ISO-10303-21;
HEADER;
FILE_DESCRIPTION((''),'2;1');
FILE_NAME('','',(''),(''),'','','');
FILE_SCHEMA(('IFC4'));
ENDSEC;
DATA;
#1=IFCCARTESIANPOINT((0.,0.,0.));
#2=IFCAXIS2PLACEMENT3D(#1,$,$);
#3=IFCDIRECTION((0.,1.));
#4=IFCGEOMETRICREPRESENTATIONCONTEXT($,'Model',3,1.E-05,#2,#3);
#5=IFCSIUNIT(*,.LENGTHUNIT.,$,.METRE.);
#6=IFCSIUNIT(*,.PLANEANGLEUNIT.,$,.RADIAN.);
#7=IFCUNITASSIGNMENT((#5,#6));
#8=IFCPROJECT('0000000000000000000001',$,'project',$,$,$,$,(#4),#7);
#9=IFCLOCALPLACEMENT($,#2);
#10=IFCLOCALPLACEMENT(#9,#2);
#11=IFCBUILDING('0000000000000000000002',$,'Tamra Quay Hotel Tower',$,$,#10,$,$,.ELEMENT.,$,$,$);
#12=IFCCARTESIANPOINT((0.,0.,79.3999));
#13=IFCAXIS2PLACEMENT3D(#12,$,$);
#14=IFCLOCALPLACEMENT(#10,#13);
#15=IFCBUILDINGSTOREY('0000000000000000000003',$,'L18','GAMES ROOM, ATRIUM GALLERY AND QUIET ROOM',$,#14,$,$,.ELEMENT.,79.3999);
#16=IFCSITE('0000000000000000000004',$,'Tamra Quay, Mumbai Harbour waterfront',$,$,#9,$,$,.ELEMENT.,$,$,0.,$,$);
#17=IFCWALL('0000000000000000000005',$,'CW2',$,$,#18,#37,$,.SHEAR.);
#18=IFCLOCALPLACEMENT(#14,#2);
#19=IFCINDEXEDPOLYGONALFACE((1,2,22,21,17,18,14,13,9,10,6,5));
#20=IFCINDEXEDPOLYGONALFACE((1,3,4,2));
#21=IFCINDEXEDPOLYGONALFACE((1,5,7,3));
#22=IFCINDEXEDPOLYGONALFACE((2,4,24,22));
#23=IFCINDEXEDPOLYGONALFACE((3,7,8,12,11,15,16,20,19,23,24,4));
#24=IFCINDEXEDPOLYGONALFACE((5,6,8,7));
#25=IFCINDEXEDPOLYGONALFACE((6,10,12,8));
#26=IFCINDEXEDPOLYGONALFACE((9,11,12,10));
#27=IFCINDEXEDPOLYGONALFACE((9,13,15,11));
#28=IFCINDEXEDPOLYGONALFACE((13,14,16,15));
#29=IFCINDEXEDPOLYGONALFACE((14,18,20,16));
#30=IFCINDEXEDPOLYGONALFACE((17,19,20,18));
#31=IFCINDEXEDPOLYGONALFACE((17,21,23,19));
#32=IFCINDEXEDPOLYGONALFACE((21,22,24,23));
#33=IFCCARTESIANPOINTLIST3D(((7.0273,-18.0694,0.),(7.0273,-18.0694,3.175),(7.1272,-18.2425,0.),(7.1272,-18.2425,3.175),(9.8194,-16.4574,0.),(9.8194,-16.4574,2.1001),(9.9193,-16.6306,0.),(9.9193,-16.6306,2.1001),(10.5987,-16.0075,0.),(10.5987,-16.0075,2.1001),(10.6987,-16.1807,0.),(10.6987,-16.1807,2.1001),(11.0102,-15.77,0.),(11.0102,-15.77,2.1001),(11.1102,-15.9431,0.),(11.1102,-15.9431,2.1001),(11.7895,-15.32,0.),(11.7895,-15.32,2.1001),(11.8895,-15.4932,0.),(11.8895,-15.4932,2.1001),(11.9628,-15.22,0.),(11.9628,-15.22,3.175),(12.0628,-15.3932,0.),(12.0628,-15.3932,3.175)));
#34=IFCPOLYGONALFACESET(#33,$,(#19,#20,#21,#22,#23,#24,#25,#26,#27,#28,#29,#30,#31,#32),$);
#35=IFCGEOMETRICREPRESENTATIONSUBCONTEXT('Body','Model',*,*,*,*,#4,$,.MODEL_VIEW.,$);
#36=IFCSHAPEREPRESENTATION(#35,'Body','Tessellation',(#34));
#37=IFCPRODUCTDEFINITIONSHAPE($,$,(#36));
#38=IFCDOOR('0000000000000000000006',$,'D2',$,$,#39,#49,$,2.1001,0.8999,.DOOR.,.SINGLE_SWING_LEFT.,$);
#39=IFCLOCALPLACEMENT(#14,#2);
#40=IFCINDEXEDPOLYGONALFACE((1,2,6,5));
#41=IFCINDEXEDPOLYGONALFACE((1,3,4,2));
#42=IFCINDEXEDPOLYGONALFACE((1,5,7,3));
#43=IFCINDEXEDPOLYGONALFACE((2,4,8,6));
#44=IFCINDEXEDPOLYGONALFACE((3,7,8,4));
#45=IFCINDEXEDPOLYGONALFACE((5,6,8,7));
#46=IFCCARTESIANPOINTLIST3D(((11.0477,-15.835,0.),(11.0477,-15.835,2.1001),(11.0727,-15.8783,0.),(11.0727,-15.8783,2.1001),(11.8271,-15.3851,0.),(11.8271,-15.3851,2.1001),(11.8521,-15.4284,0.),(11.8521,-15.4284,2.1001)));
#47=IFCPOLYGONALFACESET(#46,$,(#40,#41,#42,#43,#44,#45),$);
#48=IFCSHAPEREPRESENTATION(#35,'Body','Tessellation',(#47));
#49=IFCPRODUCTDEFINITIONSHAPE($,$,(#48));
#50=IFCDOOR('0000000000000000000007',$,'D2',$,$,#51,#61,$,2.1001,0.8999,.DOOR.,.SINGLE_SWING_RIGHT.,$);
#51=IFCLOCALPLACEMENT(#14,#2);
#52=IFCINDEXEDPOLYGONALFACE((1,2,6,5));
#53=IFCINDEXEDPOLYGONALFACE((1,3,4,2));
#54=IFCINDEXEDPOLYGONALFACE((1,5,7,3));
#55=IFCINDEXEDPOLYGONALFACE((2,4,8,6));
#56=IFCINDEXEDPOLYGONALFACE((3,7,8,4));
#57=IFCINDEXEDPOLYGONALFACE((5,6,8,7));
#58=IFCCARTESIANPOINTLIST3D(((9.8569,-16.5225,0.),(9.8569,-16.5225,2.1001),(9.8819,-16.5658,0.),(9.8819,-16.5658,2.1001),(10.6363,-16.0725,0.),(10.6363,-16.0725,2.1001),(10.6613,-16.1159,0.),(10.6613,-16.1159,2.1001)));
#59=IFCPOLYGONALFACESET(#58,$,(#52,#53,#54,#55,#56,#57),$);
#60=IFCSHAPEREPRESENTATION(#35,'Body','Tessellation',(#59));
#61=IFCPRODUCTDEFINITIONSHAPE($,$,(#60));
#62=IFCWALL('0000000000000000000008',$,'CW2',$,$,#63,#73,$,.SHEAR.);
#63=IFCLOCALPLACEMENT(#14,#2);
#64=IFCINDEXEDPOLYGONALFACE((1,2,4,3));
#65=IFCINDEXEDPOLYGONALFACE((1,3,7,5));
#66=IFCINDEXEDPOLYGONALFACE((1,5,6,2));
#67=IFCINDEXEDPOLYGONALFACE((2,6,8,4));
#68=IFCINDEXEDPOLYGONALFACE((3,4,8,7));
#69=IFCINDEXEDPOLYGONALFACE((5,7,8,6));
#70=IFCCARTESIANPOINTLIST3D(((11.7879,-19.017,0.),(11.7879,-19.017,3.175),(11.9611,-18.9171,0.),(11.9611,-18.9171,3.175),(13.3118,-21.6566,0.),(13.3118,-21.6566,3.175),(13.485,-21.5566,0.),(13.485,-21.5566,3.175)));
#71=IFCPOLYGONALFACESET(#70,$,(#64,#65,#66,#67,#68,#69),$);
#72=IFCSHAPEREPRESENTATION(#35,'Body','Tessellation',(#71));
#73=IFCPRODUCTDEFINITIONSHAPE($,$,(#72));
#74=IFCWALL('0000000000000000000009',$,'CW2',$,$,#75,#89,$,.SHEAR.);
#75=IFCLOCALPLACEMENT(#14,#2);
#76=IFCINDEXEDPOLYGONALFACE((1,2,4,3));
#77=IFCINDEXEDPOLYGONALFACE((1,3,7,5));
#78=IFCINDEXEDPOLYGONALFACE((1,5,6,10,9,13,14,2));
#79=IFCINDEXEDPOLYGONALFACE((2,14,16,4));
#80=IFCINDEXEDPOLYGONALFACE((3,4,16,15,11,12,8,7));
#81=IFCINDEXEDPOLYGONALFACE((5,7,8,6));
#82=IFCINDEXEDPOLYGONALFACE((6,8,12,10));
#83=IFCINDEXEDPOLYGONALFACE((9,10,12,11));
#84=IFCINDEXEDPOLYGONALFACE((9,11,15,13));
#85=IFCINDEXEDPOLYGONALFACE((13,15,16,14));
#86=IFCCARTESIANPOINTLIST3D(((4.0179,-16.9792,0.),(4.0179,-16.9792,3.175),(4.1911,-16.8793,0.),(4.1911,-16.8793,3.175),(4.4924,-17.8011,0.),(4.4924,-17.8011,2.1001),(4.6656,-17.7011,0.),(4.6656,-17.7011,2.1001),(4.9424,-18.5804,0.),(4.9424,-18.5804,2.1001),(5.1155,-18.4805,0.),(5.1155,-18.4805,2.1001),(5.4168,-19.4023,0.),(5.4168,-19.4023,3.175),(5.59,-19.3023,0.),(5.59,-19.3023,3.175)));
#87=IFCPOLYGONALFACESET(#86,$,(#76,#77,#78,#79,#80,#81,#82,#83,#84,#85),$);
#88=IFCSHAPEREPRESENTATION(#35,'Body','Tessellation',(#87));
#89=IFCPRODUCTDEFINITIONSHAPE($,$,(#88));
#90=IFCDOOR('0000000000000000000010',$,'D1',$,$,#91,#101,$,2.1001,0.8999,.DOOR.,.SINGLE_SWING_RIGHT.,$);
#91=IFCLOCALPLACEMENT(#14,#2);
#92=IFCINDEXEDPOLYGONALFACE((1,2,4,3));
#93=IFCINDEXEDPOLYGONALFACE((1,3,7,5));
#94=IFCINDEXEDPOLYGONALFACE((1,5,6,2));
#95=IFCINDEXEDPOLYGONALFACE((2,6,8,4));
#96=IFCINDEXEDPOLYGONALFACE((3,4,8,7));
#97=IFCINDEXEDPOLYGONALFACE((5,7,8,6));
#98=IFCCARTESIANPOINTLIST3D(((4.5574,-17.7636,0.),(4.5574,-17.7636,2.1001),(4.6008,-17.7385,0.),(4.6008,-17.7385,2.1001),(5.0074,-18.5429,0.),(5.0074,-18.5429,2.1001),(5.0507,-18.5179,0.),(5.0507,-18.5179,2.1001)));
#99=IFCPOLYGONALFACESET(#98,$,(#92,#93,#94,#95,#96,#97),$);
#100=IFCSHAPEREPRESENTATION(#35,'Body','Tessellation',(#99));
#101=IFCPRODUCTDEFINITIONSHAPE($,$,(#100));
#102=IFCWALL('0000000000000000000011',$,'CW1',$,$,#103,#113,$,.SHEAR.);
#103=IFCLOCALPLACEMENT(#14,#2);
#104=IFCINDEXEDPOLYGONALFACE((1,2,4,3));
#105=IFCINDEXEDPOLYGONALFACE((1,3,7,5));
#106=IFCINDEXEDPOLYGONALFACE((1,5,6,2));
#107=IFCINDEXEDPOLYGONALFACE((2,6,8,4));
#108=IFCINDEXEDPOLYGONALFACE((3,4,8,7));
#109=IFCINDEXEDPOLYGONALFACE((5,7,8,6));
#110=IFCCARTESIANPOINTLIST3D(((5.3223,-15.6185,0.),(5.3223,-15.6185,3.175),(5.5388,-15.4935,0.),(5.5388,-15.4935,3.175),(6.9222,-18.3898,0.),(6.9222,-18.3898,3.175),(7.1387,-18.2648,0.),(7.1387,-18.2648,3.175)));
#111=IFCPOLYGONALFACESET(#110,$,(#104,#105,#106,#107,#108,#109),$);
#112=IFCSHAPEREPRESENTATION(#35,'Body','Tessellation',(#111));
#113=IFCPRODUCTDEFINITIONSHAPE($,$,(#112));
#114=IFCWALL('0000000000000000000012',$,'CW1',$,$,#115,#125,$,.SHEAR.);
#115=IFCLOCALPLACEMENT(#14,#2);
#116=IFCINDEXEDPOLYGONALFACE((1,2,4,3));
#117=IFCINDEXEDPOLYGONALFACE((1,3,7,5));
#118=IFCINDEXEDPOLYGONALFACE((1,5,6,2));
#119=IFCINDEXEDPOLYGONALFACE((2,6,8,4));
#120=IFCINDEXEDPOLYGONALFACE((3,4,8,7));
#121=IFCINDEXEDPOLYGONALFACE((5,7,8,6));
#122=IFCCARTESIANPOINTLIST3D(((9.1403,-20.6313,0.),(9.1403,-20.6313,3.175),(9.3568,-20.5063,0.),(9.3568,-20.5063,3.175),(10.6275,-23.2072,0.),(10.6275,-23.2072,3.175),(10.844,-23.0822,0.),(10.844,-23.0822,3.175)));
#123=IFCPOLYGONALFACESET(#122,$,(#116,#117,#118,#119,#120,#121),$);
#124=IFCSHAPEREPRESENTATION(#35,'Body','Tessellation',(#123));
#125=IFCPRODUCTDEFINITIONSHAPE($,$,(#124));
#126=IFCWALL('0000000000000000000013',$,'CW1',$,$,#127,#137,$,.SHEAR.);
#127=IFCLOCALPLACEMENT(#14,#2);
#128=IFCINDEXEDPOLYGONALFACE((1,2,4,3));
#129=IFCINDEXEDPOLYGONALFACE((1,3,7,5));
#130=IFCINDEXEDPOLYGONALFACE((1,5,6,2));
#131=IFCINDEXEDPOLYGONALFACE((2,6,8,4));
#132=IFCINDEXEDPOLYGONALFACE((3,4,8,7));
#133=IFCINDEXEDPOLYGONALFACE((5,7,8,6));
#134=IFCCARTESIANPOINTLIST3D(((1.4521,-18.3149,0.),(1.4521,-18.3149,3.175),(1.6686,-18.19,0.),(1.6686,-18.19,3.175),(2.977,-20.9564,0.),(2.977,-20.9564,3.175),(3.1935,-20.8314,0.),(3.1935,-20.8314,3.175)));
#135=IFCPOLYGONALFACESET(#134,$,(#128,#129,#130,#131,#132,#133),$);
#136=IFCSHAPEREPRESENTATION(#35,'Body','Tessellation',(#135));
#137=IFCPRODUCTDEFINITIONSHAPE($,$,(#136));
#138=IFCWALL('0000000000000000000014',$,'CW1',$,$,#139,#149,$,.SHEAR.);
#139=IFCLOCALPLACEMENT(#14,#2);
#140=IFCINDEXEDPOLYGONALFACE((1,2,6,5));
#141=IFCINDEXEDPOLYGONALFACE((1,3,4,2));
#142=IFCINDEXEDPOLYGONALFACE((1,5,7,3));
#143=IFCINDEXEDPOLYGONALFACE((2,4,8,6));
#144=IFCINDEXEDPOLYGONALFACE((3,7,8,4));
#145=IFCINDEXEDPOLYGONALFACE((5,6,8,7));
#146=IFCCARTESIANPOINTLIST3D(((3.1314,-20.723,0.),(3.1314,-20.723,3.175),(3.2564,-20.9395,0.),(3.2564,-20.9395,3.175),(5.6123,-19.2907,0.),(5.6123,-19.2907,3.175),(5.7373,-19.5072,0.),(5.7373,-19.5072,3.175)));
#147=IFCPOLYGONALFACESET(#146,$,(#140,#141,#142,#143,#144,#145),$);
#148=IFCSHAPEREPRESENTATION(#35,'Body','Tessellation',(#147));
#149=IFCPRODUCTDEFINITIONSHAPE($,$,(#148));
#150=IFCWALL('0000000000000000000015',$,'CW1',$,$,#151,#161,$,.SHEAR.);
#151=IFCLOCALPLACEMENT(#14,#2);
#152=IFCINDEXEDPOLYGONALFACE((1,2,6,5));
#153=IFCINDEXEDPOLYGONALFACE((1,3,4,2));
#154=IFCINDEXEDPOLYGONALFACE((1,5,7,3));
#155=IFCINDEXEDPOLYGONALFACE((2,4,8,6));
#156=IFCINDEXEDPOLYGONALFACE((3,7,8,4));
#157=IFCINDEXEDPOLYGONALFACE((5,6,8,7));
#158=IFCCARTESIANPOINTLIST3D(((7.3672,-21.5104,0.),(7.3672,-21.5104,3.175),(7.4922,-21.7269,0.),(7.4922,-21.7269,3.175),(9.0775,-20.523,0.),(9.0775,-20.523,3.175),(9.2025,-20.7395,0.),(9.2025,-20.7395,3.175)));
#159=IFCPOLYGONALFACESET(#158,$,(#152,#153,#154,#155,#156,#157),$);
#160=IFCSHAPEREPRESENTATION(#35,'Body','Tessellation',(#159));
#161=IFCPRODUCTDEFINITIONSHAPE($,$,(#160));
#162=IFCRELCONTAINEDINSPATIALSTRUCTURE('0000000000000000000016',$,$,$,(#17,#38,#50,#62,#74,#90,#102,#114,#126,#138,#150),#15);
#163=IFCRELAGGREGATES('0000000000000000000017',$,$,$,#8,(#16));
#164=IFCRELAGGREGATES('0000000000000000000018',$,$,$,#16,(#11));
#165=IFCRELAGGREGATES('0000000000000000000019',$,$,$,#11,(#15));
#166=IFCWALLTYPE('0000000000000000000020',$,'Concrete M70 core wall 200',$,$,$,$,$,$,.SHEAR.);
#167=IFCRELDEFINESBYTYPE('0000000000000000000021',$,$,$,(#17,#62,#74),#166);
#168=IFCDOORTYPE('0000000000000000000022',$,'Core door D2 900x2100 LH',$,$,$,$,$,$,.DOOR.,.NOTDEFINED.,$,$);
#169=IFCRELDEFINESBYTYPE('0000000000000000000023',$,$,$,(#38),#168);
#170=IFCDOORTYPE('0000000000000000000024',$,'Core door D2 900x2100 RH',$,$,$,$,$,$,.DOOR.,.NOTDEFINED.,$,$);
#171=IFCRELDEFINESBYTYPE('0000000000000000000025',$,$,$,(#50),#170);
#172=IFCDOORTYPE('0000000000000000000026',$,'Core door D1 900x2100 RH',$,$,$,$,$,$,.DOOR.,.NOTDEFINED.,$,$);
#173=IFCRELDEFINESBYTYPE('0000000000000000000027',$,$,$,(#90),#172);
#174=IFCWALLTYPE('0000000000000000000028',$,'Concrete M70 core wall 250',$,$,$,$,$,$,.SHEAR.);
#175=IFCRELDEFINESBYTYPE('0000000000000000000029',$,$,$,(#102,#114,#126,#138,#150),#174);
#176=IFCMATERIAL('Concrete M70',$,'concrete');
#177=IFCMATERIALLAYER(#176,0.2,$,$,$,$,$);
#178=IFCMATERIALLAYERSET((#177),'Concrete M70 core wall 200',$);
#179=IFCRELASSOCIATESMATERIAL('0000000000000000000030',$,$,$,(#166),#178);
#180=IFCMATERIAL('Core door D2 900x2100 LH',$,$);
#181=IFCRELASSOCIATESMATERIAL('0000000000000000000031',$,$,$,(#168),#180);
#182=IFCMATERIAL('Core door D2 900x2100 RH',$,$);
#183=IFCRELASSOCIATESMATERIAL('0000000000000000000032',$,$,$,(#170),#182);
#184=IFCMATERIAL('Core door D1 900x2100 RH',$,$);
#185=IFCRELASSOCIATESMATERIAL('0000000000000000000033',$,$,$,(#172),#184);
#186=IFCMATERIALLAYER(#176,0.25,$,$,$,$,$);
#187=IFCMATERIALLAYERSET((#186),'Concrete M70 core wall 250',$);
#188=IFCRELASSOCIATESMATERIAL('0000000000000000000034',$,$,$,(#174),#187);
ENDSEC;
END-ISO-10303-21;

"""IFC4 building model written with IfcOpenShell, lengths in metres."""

from ifc_helpers import new_model, si_unit, direction, frame, frame_2d, origin, place, context, subcontext, project, spatial, rectangle, extrude, material, layer, layer_set, type_object, element, fill, save


model = new_model("IFC4")

# Units and contexts
model_context = context("Model", 3, precision=1e-05, world=origin(), true_north=direction((0.0, 1.0)))
body_context = subcontext(model_context, "Body", "Model", "MODEL_VIEW")
ifc_project = project(units=[si_unit("LENGTHUNIT", "METRE"), si_unit("PLANEANGLEUNIT", "RADIAN")], contexts=[model_context])

# Site, building, storey
site_placement = place(None, origin())
site = spatial("IfcSite", under=ifc_project, at=site_placement, Name="Tamra Quay, Mumbai Harbour waterfront", CompositionType="ELEMENT", RefElevation=0.0)
building_placement = place(site_placement, origin())
building = spatial("IfcBuilding", under=site, at=building_placement, Name="Tamra Quay Hotel Tower", CompositionType="ELEMENT")
storey_placement = place(building_placement, frame((0.0, 0.0, 79.3999)))
storey = spatial("IfcBuildingStorey", under=building, at=storey_placement, Name="L18", Description="GAMES ROOM, ATRIUM GALLERY AND QUIET ROOM", CompositionType="ELEMENT", Elevation=79.3999)

# Shared definitions
ifc_material_1 = material(Name="Concrete M70", Category="concrete")

# Wall, openings, doors
ifc_layer_1 = layer(ifc_material_1, 0.2)
ifc_layer_set_1 = layer_set([ifc_layer_1], Name="Concrete M70 core wall 200")
wall_type_1 = type_object("IfcWallType", Name="Concrete M70 core wall 200", PredefinedType="SHEAR", material=ifc_layer_set_1)
wall_1_placement = place(storey_placement, frame((7.0771, -18.156, 0.0), z_axis=(0.0, 0.0, 1.0), x_axis=(0.866039, 0.499977, 0.0)))
wall_1 = element("IfcWall", 1, at=wall_1_placement, inside=storey, type_object=wall_type_1, Name="CW2", PredefinedType="SHEAR", context=body_context, shape_type="SweptSolid", body=[
    extrude(rectangle(XDim=5.699, YDim=0.2, at=frame_2d((2.8496, 0.0))), origin(), (0.0, 0.0, 1.0), 3.175),
])
opening_1_placement = place(wall_1_placement, frame((3.2241, 0.0, 0.0)))
opening_1 = element("IfcOpeningElement", 2, at=opening_1_placement, cuts=wall_1, PredefinedType="OPENING", context=body_context, shape_type="SweptSolid", body=[
    extrude(rectangle(XDim=0.8999, YDim=2.1001, at=frame_2d((0.45, 1.05))), frame((0.0, 0.1099, 0.0), z_axis=(0.0, -1.0, 0.0), x_axis=(1.0, 0.0, 0.0)), (0.0, 0.0, 1.0), 0.22),
])
opening_2_placement = place(wall_1_placement, frame((4.5991, 0.0, 0.0)))
opening_2 = element("IfcOpeningElement", 3, at=opening_2_placement, cuts=wall_1, PredefinedType="OPENING", context=body_context, shape_type="SweptSolid", body=[
    extrude(rectangle(XDim=0.8999, YDim=2.1001, at=frame_2d((0.45, 1.05))), frame((0.0, 0.1099, 0.0), z_axis=(0.0, -1.0, 0.0), x_axis=(1.0, 0.0, 0.0)), (0.0, 0.0, 1.0), 0.22),
])
ifc_material_2 = material(Name="Core door D2 900x2100 LH")
door_type_1 = type_object("IfcDoorType", Name="Core door D2 900x2100 LH", OperationType="NOTDEFINED", PredefinedType="DOOR", material=ifc_material_2)
door_1_placement = place(opening_2_placement, origin())
door_1 = element("IfcDoor", 4, at=door_1_placement, inside=storey, type_object=door_type_1, Name="D2", OperationType="SINGLE_SWING_LEFT", OverallHeight=2.1001, OverallWidth=0.8999, PredefinedType="DOOR", context=body_context, shape_type="SweptSolid", body=[
    extrude(rectangle(XDim=0.8999, YDim=2.1001, at=frame_2d((0.45, 1.05))), frame((0.0, 0.0249, 0.0), z_axis=(0.0, -1.0, 0.0), x_axis=(1.0, 0.0, 0.0)), (0.0, 0.0, 1.0), 0.05),
])
fill(opening_2, door_1)
ifc_material_3 = material(Name="Core door D2 900x2100 RH")
door_type_2 = type_object("IfcDoorType", Name="Core door D2 900x2100 RH", OperationType="NOTDEFINED", PredefinedType="DOOR", material=ifc_material_3)
door_2_placement = place(opening_1_placement, origin())
door_2 = element("IfcDoor", 5, at=door_2_placement, inside=storey, type_object=door_type_2, Name="D2", OperationType="SINGLE_SWING_RIGHT", OverallHeight=2.1001, OverallWidth=0.8999, PredefinedType="DOOR", context=body_context, shape_type="SweptSolid", body=[
    extrude(rectangle(XDim=0.8999, YDim=2.1001, at=frame_2d((0.45, 1.05))), frame((0.0, 0.0249, 0.0), z_axis=(0.0, -1.0, 0.0), x_axis=(1.0, 0.0, 0.0)), (0.0, 0.0, 1.0), 0.05),
])
fill(opening_1, door_2)

# Wall
wall_2_placement = place(storey_placement, frame((11.8745, -18.967, 0.0), z_axis=(0.0, 0.0, 1.0), x_axis=(0.499981, -0.866036, 0.0)))
element("IfcWall", 6, at=wall_2_placement, inside=storey, type_object=wall_type_1, Name="CW2", PredefinedType="SHEAR", context=body_context, shape_type="SweptSolid", body=[
    extrude(rectangle(XDim=3.0479, YDim=0.2, at=frame_2d((1.5239, 0.0))), origin(), (0.0, 0.0, 1.0), 3.175),
])

# Wall, opening, door
wall_3_placement = place(storey_placement, frame((5.5034, -19.3523, 0.0), z_axis=(0.0, 0.0, 1.0), x_axis=(-0.499987, 0.866033, 0.0)))
wall_3 = element("IfcWall", 7, at=wall_3_placement, inside=storey, type_object=wall_type_1, Name="CW2", PredefinedType="SHEAR", context=body_context, shape_type="SweptSolid", body=[
    extrude(rectangle(XDim=2.7979, YDim=0.2, at=frame_2d((1.3989, 0.0))), origin(), (0.0, 0.0, 1.0), 3.175),
])
opening_3_placement = place(wall_3_placement, frame((0.949, 0.0, 0.0)))
opening_3 = element("IfcOpeningElement", 8, at=opening_3_placement, cuts=wall_3, PredefinedType="OPENING", context=body_context, shape_type="SweptSolid", body=[
    extrude(rectangle(XDim=0.8999, YDim=2.1001, at=frame_2d((0.45, 1.05))), frame((0.0, 0.1099, 0.0), z_axis=(0.0, -1.0, 0.0), x_axis=(1.0, 0.0, 0.0)), (0.0, 0.0, 1.0), 0.22),
])
ifc_material_4 = material(Name="Core door D1 900x2100 RH")
door_type_3 = type_object("IfcDoorType", Name="Core door D1 900x2100 RH", OperationType="NOTDEFINED", PredefinedType="DOOR", material=ifc_material_4)
door_3_placement = place(opening_3_placement, origin())
door_3 = element("IfcDoor", 9, at=door_3_placement, inside=storey, type_object=door_type_3, Name="D1", OperationType="SINGLE_SWING_RIGHT", OverallHeight=2.1001, OverallWidth=0.8999, PredefinedType="DOOR", context=body_context, shape_type="SweptSolid", body=[
    extrude(rectangle(XDim=0.8999, YDim=2.1001, at=frame_2d((0.45, 1.05))), frame((0.0, 0.0249, 0.0), z_axis=(0.0, -1.0, 0.0), x_axis=(1.0, 0.0, 0.0)), (0.0, 0.0, 1.0), 0.05),
])
fill(opening_3, door_3)

# Walls
ifc_layer_2 = layer(ifc_material_1, 0.25)
ifc_layer_set_2 = layer_set([ifc_layer_2], Name="Concrete M70 core wall 250")
wall_type_2 = type_object("IfcWallType", Name="Concrete M70 core wall 250", PredefinedType="SHEAR", material=ifc_layer_set_2)
wall_4_placement = place(storey_placement, frame((7.0305, -18.3274, 0.0), z_axis=(0.0, 0.0, 1.0), x_axis=(-0.499971, 0.866042, 0.0)))
element("IfcWall", 10, at=wall_4_placement, inside=storey, type_object=wall_type_2, Name="CW1", PredefinedType="SHEAR", context=body_context, shape_type="SweptSolid", body=[
    extrude(rectangle(XDim=3.2, YDim=0.25, at=frame_2d((1.6001, 0.0))), origin(), (0.0, 0.0, 1.0), 3.175),
])
wall_5_placement = place(storey_placement, frame((10.7358, -23.1448, 0.0), z_axis=(0.0, 0.0, 1.0), x_axis=(-0.500023, 0.866012, 0.0)))
element("IfcWall", 11, at=wall_5_placement, inside=storey, type_object=wall_type_2, Name="CW1", PredefinedType="SHEAR", context=body_context, shape_type="SweptSolid", body=[
    extrude(rectangle(XDim=2.9744, YDim=0.25, at=frame_2d((1.4873, 0.0))), origin(), (0.0, 0.0, 1.0), 3.175),
])
wall_6_placement = place(storey_placement, frame((3.0852, -20.8938, 0.0), z_axis=(0.0, 0.0, 1.0), x_axis=(-0.499979, 0.866038, 0.0)))
element("IfcWall", 12, at=wall_6_placement, inside=storey, type_object=wall_type_2, Name="CW1", PredefinedType="SHEAR", context=body_context, shape_type="SweptSolid", body=[
    extrude(rectangle(XDim=3.05, YDim=0.25, at=frame_2d((1.5249, 0.0))), origin(), (0.0, 0.0, 1.0), 3.175),
])
wall_7_placement = place(storey_placement, frame((5.6748, -19.3989, 0.0), z_axis=(0.0, 0.0, 1.0), x_axis=(-0.866027, -0.499998, 0.0)))
element("IfcWall", 13, at=wall_7_placement, inside=storey, type_object=wall_type_2, Name="CW1", PredefinedType="SHEAR", context=body_context, shape_type="SweptSolid", body=[
    extrude(rectangle(XDim=2.8647, YDim=0.25, at=frame_2d((1.4324, 0.0))), origin(), (0.0, 0.0, 1.0), 3.175),
])
wall_8_placement = place(storey_placement, frame((9.1399, -20.6313, 0.0), z_axis=(0.0, 0.0, 1.0), x_axis=(-0.866044, -0.499969, 0.0)))
element("IfcWall", 14, at=wall_8_placement, inside=storey, type_object=wall_type_2, Name="CW1", PredefinedType="SHEAR", context=body_context, shape_type="SweptSolid", body=[
    extrude(rectangle(XDim=1.9749, YDim=0.25, at=frame_2d((0.9873, 0.0))), origin(), (0.0, 0.0, 1.0), 3.175),
])

save(model, "model.ifc")
